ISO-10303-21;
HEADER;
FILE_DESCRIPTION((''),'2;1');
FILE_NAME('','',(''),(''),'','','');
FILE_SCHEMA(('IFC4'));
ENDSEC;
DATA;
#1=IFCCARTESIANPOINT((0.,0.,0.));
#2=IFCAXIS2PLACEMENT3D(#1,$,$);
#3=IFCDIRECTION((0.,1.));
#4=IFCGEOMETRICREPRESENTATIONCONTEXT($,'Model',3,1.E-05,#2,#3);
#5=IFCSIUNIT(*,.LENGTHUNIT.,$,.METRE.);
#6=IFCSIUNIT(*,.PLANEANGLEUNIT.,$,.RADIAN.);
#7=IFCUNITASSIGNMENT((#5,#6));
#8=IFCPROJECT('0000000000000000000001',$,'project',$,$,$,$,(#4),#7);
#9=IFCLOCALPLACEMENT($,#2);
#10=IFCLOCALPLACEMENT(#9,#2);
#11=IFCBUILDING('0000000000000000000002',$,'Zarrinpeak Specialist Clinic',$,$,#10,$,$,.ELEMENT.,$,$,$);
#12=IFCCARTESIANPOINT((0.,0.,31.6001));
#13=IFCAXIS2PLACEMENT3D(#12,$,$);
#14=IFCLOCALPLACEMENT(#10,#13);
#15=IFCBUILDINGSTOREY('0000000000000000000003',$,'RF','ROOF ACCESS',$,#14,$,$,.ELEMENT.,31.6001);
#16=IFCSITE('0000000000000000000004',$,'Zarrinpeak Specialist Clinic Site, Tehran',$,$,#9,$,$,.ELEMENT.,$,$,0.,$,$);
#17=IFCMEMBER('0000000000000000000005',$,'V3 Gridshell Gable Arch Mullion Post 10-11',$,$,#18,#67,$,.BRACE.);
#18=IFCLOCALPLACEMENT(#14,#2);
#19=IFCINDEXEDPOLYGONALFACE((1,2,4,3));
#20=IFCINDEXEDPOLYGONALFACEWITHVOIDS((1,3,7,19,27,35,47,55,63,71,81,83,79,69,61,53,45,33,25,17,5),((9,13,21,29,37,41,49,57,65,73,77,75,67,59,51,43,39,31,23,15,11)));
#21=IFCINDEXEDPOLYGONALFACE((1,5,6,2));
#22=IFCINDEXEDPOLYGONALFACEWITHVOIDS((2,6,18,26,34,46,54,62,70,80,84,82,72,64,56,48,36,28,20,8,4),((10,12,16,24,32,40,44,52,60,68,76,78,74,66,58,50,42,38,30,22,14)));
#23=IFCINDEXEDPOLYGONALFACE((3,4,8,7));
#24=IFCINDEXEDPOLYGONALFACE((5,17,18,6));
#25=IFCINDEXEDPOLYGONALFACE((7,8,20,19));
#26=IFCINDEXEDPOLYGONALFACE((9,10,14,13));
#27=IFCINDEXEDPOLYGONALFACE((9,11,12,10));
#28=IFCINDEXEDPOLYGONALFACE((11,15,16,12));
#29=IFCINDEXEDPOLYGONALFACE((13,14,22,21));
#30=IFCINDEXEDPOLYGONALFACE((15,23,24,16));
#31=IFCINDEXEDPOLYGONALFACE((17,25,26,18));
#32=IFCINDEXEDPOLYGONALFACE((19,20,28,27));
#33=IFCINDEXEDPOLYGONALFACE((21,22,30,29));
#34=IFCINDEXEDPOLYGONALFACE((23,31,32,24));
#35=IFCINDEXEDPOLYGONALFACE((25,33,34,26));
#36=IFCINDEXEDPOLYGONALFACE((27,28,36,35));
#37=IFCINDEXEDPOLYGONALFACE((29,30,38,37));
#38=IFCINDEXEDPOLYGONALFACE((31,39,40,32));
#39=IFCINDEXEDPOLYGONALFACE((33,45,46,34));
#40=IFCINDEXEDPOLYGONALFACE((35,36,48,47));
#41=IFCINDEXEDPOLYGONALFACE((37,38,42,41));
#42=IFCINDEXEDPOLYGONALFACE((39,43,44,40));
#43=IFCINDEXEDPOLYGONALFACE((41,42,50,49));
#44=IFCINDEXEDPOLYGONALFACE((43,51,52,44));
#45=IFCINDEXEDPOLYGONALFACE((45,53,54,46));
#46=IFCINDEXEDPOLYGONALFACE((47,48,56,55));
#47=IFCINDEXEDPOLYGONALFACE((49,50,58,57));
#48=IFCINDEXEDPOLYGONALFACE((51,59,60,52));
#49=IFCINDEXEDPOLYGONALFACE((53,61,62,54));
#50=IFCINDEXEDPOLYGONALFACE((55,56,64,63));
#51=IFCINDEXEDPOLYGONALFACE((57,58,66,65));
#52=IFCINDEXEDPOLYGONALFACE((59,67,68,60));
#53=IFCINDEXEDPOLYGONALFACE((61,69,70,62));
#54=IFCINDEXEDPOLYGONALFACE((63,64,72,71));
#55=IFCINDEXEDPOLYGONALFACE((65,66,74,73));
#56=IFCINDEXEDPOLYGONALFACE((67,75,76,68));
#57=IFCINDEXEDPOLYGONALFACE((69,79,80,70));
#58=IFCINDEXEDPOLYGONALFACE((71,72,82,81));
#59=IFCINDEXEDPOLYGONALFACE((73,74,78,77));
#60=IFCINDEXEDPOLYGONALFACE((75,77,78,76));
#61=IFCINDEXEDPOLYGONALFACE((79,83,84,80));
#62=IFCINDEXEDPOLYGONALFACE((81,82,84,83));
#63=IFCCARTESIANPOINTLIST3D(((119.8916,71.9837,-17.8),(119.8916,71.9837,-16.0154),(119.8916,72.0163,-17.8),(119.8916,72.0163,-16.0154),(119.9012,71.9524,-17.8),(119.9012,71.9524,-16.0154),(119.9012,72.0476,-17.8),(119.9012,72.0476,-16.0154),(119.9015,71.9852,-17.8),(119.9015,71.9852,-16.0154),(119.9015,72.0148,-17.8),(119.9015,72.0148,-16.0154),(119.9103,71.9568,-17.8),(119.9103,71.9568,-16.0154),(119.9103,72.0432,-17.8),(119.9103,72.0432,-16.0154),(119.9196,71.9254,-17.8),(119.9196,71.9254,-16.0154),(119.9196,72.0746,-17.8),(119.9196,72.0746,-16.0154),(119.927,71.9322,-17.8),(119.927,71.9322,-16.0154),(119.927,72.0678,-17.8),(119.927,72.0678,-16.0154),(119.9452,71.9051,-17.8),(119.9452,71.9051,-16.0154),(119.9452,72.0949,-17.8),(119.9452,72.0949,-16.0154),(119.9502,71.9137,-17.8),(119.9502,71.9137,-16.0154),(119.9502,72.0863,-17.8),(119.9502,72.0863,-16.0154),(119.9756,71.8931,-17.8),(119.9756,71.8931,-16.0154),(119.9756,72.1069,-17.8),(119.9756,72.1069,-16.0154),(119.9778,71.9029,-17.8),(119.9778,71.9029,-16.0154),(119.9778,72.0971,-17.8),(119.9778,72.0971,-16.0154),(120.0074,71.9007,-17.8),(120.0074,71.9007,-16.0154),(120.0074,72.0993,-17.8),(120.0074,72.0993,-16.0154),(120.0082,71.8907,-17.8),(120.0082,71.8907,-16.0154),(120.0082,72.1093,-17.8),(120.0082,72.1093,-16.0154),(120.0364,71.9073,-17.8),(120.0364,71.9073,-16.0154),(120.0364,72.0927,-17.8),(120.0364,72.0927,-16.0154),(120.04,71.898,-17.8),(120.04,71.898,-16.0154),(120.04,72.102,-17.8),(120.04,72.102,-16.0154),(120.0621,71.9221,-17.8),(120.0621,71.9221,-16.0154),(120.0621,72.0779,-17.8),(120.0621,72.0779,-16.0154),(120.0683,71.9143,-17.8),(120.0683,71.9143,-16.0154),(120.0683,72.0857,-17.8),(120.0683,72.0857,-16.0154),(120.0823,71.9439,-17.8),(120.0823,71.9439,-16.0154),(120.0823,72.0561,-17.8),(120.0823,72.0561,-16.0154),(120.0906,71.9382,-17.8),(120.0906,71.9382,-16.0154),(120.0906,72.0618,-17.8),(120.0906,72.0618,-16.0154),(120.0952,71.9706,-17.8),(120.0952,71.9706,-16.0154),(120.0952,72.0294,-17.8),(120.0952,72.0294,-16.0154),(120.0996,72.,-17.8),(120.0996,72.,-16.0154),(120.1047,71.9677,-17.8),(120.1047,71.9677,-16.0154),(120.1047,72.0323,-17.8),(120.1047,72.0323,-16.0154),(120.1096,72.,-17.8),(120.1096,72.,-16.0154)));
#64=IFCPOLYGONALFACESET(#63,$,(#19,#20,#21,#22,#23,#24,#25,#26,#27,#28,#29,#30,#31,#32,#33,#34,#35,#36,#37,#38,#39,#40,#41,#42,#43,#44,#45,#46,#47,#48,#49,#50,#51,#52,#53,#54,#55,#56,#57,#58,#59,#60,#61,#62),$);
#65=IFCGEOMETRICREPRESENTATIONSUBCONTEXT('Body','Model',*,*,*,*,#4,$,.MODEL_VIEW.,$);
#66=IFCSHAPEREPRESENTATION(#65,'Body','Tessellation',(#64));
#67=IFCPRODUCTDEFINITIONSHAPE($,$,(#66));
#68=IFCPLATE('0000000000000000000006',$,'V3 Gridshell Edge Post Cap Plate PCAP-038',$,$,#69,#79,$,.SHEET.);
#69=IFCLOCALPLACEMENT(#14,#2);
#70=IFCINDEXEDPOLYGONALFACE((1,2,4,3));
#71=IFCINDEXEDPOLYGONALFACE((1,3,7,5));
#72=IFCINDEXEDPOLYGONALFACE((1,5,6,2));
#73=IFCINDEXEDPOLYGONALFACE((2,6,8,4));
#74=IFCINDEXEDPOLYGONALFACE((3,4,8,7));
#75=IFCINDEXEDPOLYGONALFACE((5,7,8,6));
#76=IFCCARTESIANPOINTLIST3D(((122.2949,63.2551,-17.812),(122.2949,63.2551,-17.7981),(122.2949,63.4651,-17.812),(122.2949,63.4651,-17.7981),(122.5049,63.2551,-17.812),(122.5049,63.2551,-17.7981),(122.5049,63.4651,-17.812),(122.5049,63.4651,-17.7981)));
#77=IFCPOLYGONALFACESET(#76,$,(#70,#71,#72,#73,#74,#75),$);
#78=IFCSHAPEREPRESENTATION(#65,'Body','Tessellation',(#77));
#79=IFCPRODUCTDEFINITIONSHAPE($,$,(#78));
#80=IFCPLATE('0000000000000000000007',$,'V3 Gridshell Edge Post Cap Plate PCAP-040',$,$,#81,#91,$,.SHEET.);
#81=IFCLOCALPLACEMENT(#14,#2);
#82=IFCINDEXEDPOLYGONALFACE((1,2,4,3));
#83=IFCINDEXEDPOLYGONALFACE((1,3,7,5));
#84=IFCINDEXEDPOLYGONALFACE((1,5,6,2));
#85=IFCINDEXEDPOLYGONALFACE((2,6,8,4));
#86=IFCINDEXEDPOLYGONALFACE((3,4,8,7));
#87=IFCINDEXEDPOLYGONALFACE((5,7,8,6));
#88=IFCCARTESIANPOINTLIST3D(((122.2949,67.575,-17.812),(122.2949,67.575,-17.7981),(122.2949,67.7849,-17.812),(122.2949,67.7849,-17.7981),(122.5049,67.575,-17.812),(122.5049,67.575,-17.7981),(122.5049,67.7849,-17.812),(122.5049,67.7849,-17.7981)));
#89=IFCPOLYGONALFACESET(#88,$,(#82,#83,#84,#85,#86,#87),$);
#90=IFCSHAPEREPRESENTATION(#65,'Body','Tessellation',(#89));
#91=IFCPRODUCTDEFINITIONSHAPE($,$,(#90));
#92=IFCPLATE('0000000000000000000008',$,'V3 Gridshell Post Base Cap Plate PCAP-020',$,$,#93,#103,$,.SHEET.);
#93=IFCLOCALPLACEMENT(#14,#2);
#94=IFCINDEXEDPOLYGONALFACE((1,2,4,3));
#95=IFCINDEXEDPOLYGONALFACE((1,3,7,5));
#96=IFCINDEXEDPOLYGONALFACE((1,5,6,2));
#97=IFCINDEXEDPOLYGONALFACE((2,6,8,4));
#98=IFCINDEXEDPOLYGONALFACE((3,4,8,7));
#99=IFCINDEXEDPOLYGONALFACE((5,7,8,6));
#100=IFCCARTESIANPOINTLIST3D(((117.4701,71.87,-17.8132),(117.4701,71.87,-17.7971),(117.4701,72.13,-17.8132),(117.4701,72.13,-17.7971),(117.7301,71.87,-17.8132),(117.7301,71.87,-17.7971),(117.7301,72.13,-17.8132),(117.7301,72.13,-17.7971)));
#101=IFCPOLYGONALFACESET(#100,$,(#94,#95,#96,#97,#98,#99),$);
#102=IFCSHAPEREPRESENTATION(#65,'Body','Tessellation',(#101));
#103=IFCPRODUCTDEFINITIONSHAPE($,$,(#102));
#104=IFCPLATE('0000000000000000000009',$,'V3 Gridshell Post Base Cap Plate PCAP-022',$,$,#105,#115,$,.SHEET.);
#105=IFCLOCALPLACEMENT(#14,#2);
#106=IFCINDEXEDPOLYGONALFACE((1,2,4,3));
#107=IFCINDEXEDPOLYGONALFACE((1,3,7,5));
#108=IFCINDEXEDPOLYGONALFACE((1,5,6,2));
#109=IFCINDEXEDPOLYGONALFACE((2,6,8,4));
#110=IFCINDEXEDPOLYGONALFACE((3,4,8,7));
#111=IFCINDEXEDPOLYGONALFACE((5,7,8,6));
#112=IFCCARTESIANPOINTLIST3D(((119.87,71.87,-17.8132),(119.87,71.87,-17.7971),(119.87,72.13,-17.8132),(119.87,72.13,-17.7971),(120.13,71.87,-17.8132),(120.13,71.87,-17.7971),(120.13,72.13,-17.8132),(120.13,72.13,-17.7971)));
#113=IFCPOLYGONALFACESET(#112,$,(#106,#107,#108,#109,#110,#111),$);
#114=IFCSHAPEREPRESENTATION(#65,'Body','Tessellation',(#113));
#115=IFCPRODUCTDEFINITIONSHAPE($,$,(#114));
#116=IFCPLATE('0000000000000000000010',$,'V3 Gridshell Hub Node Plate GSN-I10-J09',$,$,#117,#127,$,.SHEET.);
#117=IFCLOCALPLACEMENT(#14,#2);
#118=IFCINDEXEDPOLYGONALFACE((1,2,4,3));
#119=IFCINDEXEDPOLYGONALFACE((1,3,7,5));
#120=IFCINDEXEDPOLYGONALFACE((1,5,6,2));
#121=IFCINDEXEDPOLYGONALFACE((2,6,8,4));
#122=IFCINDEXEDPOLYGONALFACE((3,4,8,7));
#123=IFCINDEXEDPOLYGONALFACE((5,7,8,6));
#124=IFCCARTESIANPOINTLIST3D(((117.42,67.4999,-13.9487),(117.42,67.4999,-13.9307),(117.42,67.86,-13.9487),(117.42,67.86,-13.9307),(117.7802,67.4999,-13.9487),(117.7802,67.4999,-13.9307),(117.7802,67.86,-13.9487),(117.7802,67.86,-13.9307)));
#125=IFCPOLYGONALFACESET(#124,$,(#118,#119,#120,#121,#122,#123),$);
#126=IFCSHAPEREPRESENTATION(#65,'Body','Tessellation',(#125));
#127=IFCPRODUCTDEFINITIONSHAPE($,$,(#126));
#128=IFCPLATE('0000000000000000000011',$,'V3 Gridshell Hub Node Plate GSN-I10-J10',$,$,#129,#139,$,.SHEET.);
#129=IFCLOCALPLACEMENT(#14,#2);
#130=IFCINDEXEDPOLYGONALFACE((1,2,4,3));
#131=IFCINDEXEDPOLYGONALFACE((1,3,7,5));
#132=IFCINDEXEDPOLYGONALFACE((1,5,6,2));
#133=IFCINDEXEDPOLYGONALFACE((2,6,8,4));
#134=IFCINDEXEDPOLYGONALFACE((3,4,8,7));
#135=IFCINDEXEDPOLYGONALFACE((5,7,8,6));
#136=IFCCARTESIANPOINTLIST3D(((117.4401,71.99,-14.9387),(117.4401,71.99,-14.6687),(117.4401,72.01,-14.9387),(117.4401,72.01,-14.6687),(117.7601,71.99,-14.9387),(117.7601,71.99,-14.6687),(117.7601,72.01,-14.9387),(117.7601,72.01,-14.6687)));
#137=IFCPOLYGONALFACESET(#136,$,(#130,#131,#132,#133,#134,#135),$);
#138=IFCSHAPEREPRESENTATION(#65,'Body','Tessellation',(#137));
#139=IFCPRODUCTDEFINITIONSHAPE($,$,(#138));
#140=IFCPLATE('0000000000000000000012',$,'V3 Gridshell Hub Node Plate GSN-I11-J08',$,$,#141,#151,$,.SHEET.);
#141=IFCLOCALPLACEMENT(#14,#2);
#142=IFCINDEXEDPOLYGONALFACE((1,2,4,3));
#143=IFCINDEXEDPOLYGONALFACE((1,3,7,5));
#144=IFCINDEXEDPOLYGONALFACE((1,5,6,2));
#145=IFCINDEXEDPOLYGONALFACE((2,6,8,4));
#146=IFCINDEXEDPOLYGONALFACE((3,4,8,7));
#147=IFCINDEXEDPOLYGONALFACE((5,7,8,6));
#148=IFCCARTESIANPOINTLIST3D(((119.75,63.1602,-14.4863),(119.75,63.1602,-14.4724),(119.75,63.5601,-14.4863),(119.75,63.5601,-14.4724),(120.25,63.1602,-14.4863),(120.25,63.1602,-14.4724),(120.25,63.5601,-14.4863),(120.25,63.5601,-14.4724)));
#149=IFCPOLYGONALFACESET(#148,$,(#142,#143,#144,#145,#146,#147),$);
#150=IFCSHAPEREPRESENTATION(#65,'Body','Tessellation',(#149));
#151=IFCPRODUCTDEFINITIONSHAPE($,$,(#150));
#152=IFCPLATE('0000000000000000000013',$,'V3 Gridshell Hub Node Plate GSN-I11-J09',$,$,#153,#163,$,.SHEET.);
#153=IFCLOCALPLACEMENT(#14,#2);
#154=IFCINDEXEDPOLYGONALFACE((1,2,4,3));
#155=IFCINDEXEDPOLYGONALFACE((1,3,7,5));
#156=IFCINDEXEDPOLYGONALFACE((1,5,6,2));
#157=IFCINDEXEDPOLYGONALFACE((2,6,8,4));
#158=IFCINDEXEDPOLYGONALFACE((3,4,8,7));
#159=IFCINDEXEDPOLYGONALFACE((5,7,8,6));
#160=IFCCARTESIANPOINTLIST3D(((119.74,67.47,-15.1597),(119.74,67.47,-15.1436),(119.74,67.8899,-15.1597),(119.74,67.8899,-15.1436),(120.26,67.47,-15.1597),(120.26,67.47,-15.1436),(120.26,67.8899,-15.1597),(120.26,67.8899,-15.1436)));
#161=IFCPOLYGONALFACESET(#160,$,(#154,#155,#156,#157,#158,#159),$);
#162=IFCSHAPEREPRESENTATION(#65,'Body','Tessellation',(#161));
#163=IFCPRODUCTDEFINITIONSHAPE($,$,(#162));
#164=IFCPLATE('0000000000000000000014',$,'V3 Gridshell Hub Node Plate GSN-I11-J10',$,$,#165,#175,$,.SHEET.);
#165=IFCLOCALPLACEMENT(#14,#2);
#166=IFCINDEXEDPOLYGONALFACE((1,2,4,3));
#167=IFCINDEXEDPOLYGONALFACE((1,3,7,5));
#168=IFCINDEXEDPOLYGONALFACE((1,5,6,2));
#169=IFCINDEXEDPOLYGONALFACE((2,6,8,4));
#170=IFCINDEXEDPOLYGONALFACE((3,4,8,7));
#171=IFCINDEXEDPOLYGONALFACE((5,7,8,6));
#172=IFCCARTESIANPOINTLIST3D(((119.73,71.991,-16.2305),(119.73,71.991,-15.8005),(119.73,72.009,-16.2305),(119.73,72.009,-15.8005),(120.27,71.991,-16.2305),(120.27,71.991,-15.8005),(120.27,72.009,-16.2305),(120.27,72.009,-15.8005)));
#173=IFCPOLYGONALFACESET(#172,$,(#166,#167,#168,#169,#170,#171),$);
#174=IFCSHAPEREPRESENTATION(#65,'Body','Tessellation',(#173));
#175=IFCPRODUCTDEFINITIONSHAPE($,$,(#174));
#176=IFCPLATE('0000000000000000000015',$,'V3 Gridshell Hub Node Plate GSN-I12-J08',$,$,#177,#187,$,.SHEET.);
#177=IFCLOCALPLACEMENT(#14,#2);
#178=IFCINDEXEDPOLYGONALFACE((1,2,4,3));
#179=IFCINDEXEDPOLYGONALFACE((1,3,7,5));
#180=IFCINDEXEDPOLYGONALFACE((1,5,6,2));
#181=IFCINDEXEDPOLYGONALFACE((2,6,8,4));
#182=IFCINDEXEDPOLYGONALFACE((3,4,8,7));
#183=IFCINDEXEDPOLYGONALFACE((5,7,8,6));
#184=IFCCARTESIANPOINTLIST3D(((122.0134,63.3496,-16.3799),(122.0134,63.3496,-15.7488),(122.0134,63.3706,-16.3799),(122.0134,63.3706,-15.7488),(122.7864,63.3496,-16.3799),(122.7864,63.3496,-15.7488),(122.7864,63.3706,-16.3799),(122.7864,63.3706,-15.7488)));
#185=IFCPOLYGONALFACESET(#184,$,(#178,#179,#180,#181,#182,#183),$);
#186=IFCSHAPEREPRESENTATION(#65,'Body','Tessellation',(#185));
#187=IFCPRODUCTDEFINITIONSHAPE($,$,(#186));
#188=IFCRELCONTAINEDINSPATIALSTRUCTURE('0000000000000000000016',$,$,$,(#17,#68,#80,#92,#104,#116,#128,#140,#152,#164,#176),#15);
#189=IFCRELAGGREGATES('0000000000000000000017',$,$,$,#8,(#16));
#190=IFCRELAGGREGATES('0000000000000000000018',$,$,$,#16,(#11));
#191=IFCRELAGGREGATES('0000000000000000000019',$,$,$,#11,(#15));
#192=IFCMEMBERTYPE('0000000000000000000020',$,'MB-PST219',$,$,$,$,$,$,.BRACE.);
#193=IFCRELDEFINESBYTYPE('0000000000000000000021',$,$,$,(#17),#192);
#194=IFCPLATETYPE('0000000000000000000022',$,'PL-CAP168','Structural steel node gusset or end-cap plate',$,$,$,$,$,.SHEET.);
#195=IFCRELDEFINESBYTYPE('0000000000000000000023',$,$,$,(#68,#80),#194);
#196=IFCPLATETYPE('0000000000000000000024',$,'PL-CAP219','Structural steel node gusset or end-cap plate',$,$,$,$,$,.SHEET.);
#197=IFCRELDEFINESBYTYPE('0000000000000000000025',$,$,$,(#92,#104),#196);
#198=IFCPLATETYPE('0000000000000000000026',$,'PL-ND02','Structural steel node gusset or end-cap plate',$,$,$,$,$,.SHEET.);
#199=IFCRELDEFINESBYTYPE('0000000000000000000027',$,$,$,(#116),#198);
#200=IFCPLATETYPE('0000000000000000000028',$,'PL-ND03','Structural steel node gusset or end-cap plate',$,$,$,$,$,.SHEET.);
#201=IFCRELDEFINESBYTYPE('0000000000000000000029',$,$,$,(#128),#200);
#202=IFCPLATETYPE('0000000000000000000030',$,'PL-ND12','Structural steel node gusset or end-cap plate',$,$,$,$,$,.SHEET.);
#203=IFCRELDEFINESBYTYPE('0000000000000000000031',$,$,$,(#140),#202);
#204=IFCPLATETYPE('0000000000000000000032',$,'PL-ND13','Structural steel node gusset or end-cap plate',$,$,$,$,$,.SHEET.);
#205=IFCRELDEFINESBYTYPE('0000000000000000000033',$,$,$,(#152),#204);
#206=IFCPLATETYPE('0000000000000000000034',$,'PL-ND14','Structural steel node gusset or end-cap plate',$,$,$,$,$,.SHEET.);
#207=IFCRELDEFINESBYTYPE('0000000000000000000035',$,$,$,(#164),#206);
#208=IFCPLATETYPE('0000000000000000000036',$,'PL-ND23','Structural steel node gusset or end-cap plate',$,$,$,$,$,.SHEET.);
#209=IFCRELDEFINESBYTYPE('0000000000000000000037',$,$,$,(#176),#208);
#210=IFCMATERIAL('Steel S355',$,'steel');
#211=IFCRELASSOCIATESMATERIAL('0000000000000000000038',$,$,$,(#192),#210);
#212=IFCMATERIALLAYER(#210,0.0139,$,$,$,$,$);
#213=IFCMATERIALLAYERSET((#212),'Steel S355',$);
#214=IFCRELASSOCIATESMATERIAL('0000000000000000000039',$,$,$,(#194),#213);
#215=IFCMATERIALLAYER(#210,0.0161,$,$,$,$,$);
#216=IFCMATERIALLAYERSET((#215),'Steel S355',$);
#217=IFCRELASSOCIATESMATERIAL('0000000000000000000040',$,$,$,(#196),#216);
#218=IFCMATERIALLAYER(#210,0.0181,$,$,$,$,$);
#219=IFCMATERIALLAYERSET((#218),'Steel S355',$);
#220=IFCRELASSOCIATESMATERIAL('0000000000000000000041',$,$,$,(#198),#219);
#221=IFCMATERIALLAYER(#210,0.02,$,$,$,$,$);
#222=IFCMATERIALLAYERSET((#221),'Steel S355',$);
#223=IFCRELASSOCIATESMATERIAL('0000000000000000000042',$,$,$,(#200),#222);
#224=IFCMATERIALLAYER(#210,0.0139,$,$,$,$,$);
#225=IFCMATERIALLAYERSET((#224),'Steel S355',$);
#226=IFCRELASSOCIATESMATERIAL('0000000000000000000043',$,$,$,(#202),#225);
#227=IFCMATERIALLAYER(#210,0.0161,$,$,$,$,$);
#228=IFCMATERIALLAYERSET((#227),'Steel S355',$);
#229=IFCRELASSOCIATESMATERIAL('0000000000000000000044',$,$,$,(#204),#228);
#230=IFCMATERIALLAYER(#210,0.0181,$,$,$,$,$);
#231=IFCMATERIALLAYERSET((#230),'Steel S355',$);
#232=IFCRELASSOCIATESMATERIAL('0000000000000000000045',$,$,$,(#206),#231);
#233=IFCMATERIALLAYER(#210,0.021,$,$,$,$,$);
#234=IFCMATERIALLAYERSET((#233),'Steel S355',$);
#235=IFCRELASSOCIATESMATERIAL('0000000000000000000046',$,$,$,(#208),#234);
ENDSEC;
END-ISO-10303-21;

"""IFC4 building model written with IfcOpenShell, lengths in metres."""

from ifc_helpers import new_model, si_unit, direction, frame, origin, origin_2d, place, context, subcontext, project, spatial, rectangle, hollow_circle, extrude, material, layer, layer_set, material_profile, profile_set, type_object, element, save


model = new_model("IFC4")

# Units and contexts
model_context = context("Model", 3, precision=1e-05, world=origin(), true_north=direction((0.0, 1.0)))
body_context = subcontext(model_context, "Body", "Model", "MODEL_VIEW")
ifc_project = project(units=[si_unit("LENGTHUNIT", "METRE"), si_unit("PLANEANGLEUNIT", "RADIAN")], contexts=[model_context])

# Site, building, storey
site_placement = place(None, origin())
site = spatial("IfcSite", under=ifc_project, at=site_placement, Name="Zarrinpeak Specialist Clinic Site, Tehran", CompositionType="ELEMENT", RefElevation=0.0)
building_placement = place(site_placement, origin())
building = spatial("IfcBuilding", under=site, at=building_placement, Name="Zarrinpeak Specialist Clinic", CompositionType="ELEMENT")
storey_placement = place(building_placement, frame((0.0, 0.0, 31.6001)))
storey = spatial("IfcBuildingStorey", under=building, at=storey_placement, Name="RF", Description="ROOF ACCESS", CompositionType="ELEMENT", Elevation=31.6001)

# Member
ifc_material_1 = material(Name="Steel S355", Category="steel")
ifc_material_profile_1 = material_profile(ifc_material_1, hollow_circle(Radius=0.1096, WallThickness=0.01, at=origin_2d()), Name="CHS 219.1x10.0")
ifc_profile_set_1 = profile_set([ifc_material_profile_1], Name="Steel S355")
member_type_1 = type_object("IfcMemberType", Name="MB-PST219", PredefinedType="BRACE", material=ifc_profile_set_1)
member_1_placement = place(storey_placement, frame((120.0, 72.0, -17.8), z_axis=(0.0, 0.0, 1.0), x_axis=(1.0, 0.0, 0.0)))
element("IfcMember", 1, at=member_1_placement, inside=storey, type_object=member_type_1, Name="V3 Gridshell Gable Arch Mullion Post 10-11", PredefinedType="BRACE", context=body_context, shape_type="SweptSolid", body=[
    extrude(hollow_circle(Radius=0.1096, WallThickness=0.01, at=origin_2d()), origin(), (0.0, 0.0, 1.0), 1.7847),
])

# Plates
ifc_layer_1 = layer(ifc_material_1, 0.0139)
ifc_layer_set_1 = layer_set([ifc_layer_1], Name="Steel S355")
plate_type_1 = type_object("IfcPlateType", Name="PL-CAP168", Description="Structural steel node gusset or end-cap plate", PredefinedType="SHEET", material=ifc_layer_set_1)
for number, where, z_axis, x_axis, name in (
    (2, (122.3999, 63.3601, -17.812), (0.0, 0.0, 1.0), (1.0, 0.0, 0.0), "V3 Gridshell Edge Post Cap Plate PCAP-038"),
    (3, (122.3999, 67.6799, -17.812), (0.0, 0.0, 1.0), (1.0, 0.0, 0.0), "V3 Gridshell Edge Post Cap Plate PCAP-040"),
):
    element("IfcPlate", number, at=place(storey_placement, frame(where, z_axis=z_axis, x_axis=x_axis)), inside=storey, type_object=plate_type_1, Name=name, PredefinedType="SHEET", context=body_context, shape_type="SweptSolid", body=[
        extrude(rectangle(XDim=0.21, YDim=0.21, at=origin_2d()), origin(), (0.0, 0.0, 1.0), 0.0139),
    ])
ifc_layer_2 = layer(ifc_material_1, 0.0161)
ifc_layer_set_2 = layer_set([ifc_layer_2], Name="Steel S355")
plate_type_2 = type_object("IfcPlateType", Name="PL-CAP219", Description="Structural steel node gusset or end-cap plate", PredefinedType="SHEET", material=ifc_layer_set_2)
for number, where, z_axis, x_axis, name in (
    (4, (117.6001, 72.0, -17.8132), (0.0, 0.0, 1.0), (1.0, 0.0, 0.0), "V3 Gridshell Post Base Cap Plate PCAP-020"),
    (5, (120.0, 72.0, -17.8132), (0.0, 0.0, 1.0), (1.0, 0.0, 0.0), "V3 Gridshell Post Base Cap Plate PCAP-022"),
):
    element("IfcPlate", number, at=place(storey_placement, frame(where, z_axis=z_axis, x_axis=x_axis)), inside=storey, type_object=plate_type_2, Name=name, PredefinedType="SHEET", context=body_context, shape_type="SweptSolid", body=[
        extrude(rectangle(XDim=0.26, YDim=0.26, at=origin_2d()), origin(), (0.0, 0.0, 1.0), 0.0161),
    ])
ifc_layer_3 = layer(ifc_material_1, 0.0181)
ifc_layer_set_3 = layer_set([ifc_layer_3], Name="Steel S355")
plate_type_3 = type_object("IfcPlateType", Name="PL-ND02", Description="Structural steel node gusset or end-cap plate", PredefinedType="SHEET", material=ifc_layer_set_3)
plate_1_placement = place(storey_placement, frame((117.6001, 67.6799, -13.9487), z_axis=(0.0, 0.0, 1.0), x_axis=(1.0, 0.0, 0.0)))
element("IfcPlate", 6, at=plate_1_placement, inside=storey, type_object=plate_type_3, Name="V3 Gridshell Hub Node Plate GSN-I10-J09", PredefinedType="SHEET", context=body_context, shape_type="SweptSolid", body=[
    extrude(rectangle(XDim=0.3601, YDim=0.3601, at=origin_2d()), origin(), (0.0, 0.0, 1.0), 0.0181),
])
ifc_layer_4 = layer(ifc_material_1, 0.02)
ifc_layer_set_4 = layer_set([ifc_layer_4], Name="Steel S355")
plate_type_4 = type_object("IfcPlateType", Name="PL-ND03", Description="Structural steel node gusset or end-cap plate", PredefinedType="SHEET", material=ifc_layer_set_4)
plate_2_placement = place(storey_placement, frame((117.6001, 72.0, -14.9387), z_axis=(0.0, 0.0, 1.0), x_axis=(1.0, 0.0, 0.0)))
element("IfcPlate", 7, at=plate_2_placement, inside=storey, type_object=plate_type_4, Name="V3 Gridshell Hub Node Plate GSN-I10-J10", PredefinedType="SHEET", context=body_context, shape_type="SweptSolid", body=[
    extrude(rectangle(XDim=0.3201, YDim=0.02, at=origin_2d()), origin(), (0.0, 0.0, 1.0), 0.27),
])
ifc_layer_5 = layer(ifc_material_1, 0.0139)
ifc_layer_set_5 = layer_set([ifc_layer_5], Name="Steel S355")
plate_type_5 = type_object("IfcPlateType", Name="PL-ND12", Description="Structural steel node gusset or end-cap plate", PredefinedType="SHEET", material=ifc_layer_set_5)
plate_3_placement = place(storey_placement, frame((120.0, 63.3601, -14.4863), z_axis=(0.0, 0.0, 1.0), x_axis=(1.0, 0.0, 0.0)))
element("IfcPlate", 8, at=plate_3_placement, inside=storey, type_object=plate_type_5, Name="V3 Gridshell Hub Node Plate GSN-I11-J08", PredefinedType="SHEET", context=body_context, shape_type="SweptSolid", body=[
    extrude(rectangle(XDim=0.5, YDim=0.3999, at=origin_2d()), origin(), (0.0, 0.0, 1.0), 0.0139),
])
ifc_layer_6 = layer(ifc_material_1, 0.0161)
ifc_layer_set_6 = layer_set([ifc_layer_6], Name="Steel S355")
plate_type_6 = type_object("IfcPlateType", Name="PL-ND13", Description="Structural steel node gusset or end-cap plate", PredefinedType="SHEET", material=ifc_layer_set_6)
plate_4_placement = place(storey_placement, frame((120.0, 67.6799, -15.1597), z_axis=(0.0, 0.0, 1.0), x_axis=(1.0, 0.0, 0.0)))
element("IfcPlate", 9, at=plate_4_placement, inside=storey, type_object=plate_type_6, Name="V3 Gridshell Hub Node Plate GSN-I11-J09", PredefinedType="SHEET", context=body_context, shape_type="SweptSolid", body=[
    extrude(rectangle(XDim=0.52, YDim=0.4199, at=origin_2d()), origin(), (0.0, 0.0, 1.0), 0.0161),
])
ifc_layer_7 = layer(ifc_material_1, 0.0181)
ifc_layer_set_7 = layer_set([ifc_layer_7], Name="Steel S355")
plate_type_7 = type_object("IfcPlateType", Name="PL-ND14", Description="Structural steel node gusset or end-cap plate", PredefinedType="SHEET", material=ifc_layer_set_7)
plate_5_placement = place(storey_placement, frame((120.0, 72.0, -16.2305), z_axis=(0.0, 0.0, 1.0), x_axis=(1.0, 0.0, 0.0)))
element("IfcPlate", 10, at=plate_5_placement, inside=storey, type_object=plate_type_7, Name="V3 Gridshell Hub Node Plate GSN-I11-J10", PredefinedType="SHEET", context=body_context, shape_type="SweptSolid", body=[
    extrude(rectangle(XDim=0.54, YDim=0.0181, at=origin_2d()), origin(), (0.0, 0.0, 1.0), 0.4299),
])
ifc_layer_8 = layer(ifc_material_1, 0.021)
ifc_layer_set_8 = layer_set([ifc_layer_8], Name="Steel S355")
plate_type_8 = type_object("IfcPlateType", Name="PL-ND23", Description="Structural steel node gusset or end-cap plate", PredefinedType="SHEET", material=ifc_layer_set_8)
plate_6_placement = place(storey_placement, frame((122.3999, 63.3601, -16.3799), z_axis=(0.0, 0.0, 1.0), x_axis=(1.0, 0.0, 0.0)))
element("IfcPlate", 11, at=plate_6_placement, inside=storey, type_object=plate_type_8, Name="V3 Gridshell Hub Node Plate GSN-I12-J08", PredefinedType="SHEET", context=body_context, shape_type="SweptSolid", body=[
    extrude(rectangle(XDim=0.7729, YDim=0.021, at=origin_2d()), origin(), (0.0, 0.0, 1.0), 0.6311),
])

save(model, "model.ifc")
